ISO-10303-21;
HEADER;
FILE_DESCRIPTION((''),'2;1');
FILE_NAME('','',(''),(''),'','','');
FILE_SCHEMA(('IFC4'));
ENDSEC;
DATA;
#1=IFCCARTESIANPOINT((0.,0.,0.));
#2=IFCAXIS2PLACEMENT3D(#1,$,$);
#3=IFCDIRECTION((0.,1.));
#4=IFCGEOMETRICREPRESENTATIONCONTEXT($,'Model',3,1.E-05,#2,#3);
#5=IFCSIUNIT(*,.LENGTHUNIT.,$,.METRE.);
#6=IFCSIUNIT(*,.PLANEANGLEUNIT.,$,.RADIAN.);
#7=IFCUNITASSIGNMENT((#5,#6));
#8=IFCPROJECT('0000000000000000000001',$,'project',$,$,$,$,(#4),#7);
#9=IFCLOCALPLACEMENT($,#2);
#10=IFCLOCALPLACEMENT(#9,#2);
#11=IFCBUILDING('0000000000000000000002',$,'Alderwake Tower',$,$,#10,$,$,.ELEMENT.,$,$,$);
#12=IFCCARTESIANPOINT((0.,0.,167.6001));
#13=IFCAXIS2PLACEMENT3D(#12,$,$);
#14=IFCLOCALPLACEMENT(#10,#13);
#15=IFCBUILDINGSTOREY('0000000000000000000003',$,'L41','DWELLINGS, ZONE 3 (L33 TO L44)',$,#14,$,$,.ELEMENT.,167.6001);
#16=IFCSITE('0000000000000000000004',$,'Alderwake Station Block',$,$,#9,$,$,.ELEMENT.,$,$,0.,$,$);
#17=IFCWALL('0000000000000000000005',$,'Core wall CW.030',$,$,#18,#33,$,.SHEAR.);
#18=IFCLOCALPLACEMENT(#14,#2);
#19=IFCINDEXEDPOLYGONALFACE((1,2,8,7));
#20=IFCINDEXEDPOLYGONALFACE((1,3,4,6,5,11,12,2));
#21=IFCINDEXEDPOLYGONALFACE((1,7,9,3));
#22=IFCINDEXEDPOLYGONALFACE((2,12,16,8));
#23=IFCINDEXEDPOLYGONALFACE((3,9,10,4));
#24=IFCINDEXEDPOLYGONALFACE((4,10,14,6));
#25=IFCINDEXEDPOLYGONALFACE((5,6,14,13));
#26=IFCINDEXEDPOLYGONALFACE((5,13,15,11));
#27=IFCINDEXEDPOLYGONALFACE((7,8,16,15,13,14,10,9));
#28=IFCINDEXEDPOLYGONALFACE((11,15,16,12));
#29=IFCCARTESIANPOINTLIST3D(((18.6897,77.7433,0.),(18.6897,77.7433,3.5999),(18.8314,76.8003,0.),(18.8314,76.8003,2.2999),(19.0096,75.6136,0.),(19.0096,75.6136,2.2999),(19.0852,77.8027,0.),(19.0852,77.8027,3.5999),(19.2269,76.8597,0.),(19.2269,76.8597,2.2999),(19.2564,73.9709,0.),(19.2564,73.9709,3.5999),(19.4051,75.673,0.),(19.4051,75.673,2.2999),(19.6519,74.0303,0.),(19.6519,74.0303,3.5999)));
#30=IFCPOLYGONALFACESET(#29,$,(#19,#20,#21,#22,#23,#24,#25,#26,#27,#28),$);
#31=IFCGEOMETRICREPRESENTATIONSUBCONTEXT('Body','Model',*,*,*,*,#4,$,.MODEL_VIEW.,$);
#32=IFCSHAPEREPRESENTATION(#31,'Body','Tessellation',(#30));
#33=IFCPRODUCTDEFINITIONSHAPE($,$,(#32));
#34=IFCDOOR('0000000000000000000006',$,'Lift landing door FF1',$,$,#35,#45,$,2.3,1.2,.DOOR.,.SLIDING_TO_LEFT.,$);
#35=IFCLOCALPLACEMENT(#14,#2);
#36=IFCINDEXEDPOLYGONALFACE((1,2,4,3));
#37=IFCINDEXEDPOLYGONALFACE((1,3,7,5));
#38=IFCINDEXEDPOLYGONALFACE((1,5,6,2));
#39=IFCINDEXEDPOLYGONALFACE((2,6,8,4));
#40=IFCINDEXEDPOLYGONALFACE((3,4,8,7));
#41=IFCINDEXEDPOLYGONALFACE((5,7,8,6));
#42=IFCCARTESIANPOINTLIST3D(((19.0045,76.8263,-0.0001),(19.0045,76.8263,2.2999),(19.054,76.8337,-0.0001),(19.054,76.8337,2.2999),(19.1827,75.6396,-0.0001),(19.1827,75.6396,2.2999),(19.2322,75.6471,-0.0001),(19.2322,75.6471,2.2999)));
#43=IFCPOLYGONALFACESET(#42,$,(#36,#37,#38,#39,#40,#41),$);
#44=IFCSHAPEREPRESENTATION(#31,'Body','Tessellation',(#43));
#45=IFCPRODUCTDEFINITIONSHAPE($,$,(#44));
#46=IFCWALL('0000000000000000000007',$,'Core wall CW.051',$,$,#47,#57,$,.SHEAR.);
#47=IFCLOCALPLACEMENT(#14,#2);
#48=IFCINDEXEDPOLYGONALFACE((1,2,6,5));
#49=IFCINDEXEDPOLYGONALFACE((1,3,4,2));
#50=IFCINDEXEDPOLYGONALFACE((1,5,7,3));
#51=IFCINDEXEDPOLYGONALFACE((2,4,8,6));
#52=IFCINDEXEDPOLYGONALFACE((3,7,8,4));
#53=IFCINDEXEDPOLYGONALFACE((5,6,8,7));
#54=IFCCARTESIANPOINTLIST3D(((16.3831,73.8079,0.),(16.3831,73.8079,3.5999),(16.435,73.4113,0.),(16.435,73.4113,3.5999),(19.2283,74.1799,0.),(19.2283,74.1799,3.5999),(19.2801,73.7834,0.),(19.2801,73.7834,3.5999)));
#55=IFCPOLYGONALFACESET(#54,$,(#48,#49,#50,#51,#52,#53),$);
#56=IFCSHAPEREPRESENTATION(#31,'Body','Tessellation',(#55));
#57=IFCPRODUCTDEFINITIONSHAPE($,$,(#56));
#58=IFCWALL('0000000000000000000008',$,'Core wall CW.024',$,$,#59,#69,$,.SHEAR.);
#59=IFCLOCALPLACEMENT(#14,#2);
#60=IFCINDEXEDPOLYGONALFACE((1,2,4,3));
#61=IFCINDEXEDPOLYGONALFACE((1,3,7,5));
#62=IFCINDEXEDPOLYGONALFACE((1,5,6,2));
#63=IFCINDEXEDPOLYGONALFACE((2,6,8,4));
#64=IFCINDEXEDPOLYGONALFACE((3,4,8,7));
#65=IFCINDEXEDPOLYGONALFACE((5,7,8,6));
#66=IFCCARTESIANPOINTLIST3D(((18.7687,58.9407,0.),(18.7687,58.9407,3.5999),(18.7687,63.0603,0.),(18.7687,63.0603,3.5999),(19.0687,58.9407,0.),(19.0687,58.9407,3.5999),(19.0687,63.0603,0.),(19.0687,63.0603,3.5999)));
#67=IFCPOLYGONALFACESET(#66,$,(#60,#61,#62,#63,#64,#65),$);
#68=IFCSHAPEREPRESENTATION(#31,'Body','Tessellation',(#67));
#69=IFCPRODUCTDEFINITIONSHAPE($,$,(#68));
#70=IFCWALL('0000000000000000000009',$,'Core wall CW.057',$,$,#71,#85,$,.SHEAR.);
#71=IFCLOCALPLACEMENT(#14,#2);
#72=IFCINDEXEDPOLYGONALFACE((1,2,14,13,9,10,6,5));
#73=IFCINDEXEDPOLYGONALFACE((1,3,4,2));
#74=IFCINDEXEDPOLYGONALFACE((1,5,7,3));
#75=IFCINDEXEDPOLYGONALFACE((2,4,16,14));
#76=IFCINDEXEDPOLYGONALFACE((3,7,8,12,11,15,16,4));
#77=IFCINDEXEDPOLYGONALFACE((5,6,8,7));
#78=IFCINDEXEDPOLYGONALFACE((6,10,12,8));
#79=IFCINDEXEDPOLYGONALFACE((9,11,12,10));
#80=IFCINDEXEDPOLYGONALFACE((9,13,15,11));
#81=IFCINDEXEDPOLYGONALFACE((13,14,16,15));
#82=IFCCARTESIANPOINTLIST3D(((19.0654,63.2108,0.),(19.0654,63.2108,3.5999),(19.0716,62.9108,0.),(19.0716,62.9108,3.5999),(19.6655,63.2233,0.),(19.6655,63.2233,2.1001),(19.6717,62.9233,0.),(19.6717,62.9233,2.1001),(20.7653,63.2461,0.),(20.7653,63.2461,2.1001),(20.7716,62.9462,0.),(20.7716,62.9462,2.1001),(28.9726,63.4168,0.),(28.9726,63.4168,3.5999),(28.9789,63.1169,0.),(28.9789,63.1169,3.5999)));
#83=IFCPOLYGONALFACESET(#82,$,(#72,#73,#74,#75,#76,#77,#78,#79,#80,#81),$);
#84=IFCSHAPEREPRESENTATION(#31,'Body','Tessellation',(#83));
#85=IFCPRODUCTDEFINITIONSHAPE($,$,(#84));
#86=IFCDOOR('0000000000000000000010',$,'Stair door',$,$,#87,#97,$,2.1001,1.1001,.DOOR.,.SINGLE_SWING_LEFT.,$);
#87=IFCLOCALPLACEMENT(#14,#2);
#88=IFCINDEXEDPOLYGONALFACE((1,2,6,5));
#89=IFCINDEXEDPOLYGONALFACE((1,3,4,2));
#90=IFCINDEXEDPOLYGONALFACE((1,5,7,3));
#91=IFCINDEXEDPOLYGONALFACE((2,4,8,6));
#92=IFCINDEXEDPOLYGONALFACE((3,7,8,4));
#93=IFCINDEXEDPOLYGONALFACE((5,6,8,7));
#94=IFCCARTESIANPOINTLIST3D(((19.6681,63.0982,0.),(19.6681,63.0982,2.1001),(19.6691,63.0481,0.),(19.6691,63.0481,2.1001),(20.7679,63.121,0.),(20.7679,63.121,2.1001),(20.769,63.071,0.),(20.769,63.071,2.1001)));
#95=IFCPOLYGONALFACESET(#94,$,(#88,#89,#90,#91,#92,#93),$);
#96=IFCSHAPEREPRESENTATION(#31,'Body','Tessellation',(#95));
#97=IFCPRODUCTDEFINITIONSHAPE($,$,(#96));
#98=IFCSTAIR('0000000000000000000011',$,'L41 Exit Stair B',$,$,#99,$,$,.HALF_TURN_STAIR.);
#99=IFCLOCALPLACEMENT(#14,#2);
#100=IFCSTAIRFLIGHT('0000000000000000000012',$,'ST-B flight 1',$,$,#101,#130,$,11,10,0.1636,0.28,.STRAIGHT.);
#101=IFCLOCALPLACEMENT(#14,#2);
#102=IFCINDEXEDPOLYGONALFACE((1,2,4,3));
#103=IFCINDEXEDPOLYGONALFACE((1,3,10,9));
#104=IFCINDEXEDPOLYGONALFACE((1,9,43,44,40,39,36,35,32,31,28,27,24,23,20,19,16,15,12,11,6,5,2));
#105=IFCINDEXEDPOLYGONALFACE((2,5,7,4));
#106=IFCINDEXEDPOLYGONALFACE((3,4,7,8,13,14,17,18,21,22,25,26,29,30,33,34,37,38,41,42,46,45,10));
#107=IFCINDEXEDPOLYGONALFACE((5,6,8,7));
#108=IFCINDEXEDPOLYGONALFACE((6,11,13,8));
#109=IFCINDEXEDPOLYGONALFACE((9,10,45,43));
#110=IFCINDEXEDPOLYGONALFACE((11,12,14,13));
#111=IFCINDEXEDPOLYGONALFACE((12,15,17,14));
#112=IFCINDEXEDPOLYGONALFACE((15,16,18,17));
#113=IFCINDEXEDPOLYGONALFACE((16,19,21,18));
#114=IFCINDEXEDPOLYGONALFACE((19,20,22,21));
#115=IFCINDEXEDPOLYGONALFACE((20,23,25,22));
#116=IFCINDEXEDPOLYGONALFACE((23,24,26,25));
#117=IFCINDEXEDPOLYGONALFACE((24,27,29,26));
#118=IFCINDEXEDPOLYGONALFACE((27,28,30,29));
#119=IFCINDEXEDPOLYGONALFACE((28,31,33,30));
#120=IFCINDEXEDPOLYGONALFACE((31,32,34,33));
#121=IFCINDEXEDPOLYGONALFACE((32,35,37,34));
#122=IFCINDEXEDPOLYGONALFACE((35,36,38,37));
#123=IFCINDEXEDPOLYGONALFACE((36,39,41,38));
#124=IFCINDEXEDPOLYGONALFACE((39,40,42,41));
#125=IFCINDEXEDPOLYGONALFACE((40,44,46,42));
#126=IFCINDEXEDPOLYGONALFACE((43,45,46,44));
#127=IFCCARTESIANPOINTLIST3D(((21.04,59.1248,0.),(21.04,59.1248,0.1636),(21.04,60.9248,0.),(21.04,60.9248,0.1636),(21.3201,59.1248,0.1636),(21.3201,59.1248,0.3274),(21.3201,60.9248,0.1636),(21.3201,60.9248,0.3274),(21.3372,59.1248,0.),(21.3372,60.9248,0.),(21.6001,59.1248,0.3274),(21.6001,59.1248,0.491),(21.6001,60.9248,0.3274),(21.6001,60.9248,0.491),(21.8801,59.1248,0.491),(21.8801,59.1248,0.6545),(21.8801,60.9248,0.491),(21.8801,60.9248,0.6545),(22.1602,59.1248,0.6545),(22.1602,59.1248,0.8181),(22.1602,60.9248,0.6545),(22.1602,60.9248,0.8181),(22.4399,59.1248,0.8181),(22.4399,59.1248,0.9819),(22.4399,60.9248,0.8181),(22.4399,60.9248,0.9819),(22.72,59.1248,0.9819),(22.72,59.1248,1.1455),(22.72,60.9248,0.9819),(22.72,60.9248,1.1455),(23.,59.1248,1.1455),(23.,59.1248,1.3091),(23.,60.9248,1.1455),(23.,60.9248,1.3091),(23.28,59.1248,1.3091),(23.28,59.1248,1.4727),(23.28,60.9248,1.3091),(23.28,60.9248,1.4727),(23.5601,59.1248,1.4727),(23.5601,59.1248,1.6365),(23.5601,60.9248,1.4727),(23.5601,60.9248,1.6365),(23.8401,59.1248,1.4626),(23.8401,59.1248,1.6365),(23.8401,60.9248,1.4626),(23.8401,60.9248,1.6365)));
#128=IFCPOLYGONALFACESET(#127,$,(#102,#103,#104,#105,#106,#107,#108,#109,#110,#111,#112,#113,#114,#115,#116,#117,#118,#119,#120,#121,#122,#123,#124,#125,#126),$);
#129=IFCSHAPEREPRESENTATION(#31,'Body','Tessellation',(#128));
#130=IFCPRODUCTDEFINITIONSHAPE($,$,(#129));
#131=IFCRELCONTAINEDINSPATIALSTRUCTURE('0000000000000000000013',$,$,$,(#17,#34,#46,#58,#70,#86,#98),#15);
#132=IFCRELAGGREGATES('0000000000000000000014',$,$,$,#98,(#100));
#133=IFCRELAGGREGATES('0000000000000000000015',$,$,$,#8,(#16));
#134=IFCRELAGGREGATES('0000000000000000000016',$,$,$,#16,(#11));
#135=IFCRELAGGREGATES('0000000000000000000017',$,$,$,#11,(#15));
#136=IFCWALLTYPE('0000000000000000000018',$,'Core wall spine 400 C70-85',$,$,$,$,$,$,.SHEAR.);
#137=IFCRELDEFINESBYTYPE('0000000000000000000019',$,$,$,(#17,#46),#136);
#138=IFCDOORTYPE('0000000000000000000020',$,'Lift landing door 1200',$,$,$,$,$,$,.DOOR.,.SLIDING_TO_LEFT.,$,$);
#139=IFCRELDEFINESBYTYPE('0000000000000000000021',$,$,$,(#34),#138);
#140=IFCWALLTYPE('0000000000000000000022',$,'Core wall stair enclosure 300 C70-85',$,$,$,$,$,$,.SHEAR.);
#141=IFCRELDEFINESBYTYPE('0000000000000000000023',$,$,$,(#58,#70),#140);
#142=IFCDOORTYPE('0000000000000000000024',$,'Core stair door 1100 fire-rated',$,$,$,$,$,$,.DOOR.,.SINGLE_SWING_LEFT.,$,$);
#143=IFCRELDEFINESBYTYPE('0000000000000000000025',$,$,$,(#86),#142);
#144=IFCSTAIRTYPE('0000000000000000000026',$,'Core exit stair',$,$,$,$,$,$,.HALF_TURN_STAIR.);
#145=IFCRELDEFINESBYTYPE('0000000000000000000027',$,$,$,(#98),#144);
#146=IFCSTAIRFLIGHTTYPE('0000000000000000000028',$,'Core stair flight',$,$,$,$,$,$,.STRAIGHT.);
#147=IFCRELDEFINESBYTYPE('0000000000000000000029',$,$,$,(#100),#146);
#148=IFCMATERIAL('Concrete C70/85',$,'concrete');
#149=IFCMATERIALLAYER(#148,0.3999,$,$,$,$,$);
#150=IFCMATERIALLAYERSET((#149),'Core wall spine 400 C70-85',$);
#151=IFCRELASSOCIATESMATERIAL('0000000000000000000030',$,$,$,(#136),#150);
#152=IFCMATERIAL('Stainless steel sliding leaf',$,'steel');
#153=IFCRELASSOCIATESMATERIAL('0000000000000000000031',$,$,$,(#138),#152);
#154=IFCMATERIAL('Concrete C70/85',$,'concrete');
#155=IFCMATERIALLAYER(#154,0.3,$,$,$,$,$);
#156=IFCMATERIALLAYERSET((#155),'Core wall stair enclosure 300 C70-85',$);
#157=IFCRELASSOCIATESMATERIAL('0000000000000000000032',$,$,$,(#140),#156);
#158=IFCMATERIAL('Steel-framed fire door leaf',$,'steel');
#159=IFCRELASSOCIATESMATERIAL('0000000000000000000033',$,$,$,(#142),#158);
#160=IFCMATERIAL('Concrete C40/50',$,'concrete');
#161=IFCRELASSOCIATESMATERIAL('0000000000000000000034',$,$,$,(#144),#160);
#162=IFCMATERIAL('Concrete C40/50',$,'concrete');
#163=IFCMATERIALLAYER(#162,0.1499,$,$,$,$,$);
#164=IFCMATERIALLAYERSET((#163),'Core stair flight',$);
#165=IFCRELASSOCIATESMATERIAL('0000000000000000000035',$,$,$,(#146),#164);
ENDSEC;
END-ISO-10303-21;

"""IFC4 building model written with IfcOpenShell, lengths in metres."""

from ifc_helpers import new_model, si_unit, direction, frame, frame_2d, origin, place, context, subcontext, project, spatial, polyline, rectangle, outline, extrude, material, layer, layer_set, type_object, element, fill, aggregate, save


model = new_model("IFC4")

# Units and contexts
model_context = context("Model", 3, precision=1e-05, world=origin(), true_north=direction((0.0, 1.0)))
body_context = subcontext(model_context, "Body", "Model", "MODEL_VIEW")
ifc_project = project(units=[si_unit("LENGTHUNIT", "METRE"), si_unit("PLANEANGLEUNIT", "RADIAN")], contexts=[model_context])

# Site, building, storey
site_placement = place(None, origin())
site = spatial("IfcSite", under=ifc_project, at=site_placement, Name="Alderwake Station Block", CompositionType="ELEMENT", RefElevation=0.0)
building_placement = place(site_placement, origin())
building = spatial("IfcBuilding", under=site, at=building_placement, Name="Alderwake Tower", CompositionType="ELEMENT")
storey_placement = place(building_placement, frame((0.0, 0.0, 167.6001)))
storey = spatial("IfcBuildingStorey", under=building, at=storey_placement, Name="L41", Description="DWELLINGS, ZONE 3 (L33 TO L44)", CompositionType="ELEMENT", Elevation=167.6001)

# Shared definitions
ifc_material_1 = material(Name="Concrete C70/85", Category="concrete")
ifc_layer_1 = layer(ifc_material_1, 0.3999)
ifc_layer_set_1 = layer_set([ifc_layer_1], Name="Core wall spine 400 C70-85")
wall_type_1 = type_object("IfcWallType", Name="Core wall spine 400 C70-85", PredefinedType="SHEAR", material=ifc_layer_set_1)

# Wall, opening, door
wall_1_placement = place(storey_placement, frame((19.4541, 74.0007, 0.0), z_axis=(0.0, 0.0, 1.0), x_axis=(-0.148541, 0.988906, 0.0)))
wall_1 = element("IfcWall", 1, at=wall_1_placement, inside=storey, type_object=wall_type_1, Name="Core wall CW.030", PredefinedType="SHEAR", context=body_context, shape_type="SweptSolid", body=[
    extrude(rectangle(XDim=3.8147, YDim=0.3999, at=frame_2d((1.9072, 0.0))), origin(), (0.0, 0.0, 1.0), 3.5999),
])
opening_1_placement = place(wall_1_placement, frame((1.6609, 0.0, 0.0)))
opening_1 = element("IfcOpeningElement", 2, at=opening_1_placement, cuts=wall_1, PredefinedType="OPENING", context=body_context, shape_type="SweptSolid", body=[
    extrude(rectangle(XDim=1.2, YDim=2.3, at=frame_2d((0.6001, 1.1499))), frame((0.0, 0.21, 0.0), z_axis=(0.0, -1.0, 0.0), x_axis=(1.0, 0.0, 0.0)), (0.0, 0.0, 1.0), 0.4199),
])
ifc_material_2 = material(Name="Stainless steel sliding leaf", Category="steel")
door_type_1 = type_object("IfcDoorType", Name="Lift landing door 1200", OperationType="SLIDING_TO_LEFT", PredefinedType="DOOR", material=ifc_material_2)
door_1_placement = place(opening_1_placement, origin())
door_1 = element("IfcDoor", 3, at=door_1_placement, inside=storey, type_object=door_type_1, Name="Lift landing door FF1", OperationType="SLIDING_TO_LEFT", OverallHeight=2.3, OverallWidth=1.2, PredefinedType="DOOR", context=body_context, shape_type="SweptSolid", body=[
    extrude(rectangle(XDim=1.2, YDim=2.3, at=frame_2d((0.6001, 1.1499))), frame((0.0, 0.0249, 0.0), z_axis=(0.0, -1.0, 0.0), x_axis=(1.0, 0.0, 0.0)), (0.0, 0.0, 1.0), 0.05),
])
fill(opening_1, door_1)

# Walls
wall_2_placement = place(storey_placement, frame((16.4092, 73.6096, 0.0), z_axis=(0.0, 0.0, 1.0), x_axis=(0.991558, 0.129667, 0.0)))
element("IfcWall", 4, at=wall_2_placement, inside=storey, type_object=wall_type_1, Name="Core wall CW.051", PredefinedType="SHEAR", context=body_context, shape_type="SweptSolid", body=[
    extrude(rectangle(XDim=2.8694, YDim=0.3999, at=frame_2d((1.4346, 0.0))), origin(), (0.0, 0.0, 1.0), 3.5999),
])
ifc_material_3 = material(Name="Concrete C70/85", Category="concrete")
ifc_layer_2 = layer(ifc_material_3, 0.3)
ifc_layer_set_2 = layer_set([ifc_layer_2], Name="Core wall stair enclosure 300 C70-85")
wall_type_2 = type_object("IfcWallType", Name="Core wall stair enclosure 300 C70-85", PredefinedType="SHEAR", material=ifc_layer_set_2)
wall_3_placement = place(storey_placement, frame((18.9187, 58.9407, 0.0), z_axis=(0.0, 0.0, 1.0), x_axis=(0.0, 1.0, 0.0)))
element("IfcWall", 5, at=wall_3_placement, inside=storey, type_object=wall_type_2, Name="Core wall CW.024", PredefinedType="SHEAR", context=body_context, shape_type="SweptSolid", body=[
    extrude(rectangle(XDim=4.1196, YDim=0.3, at=frame_2d((2.0598, 0.0))), origin(), (0.0, 0.0, 1.0), 3.5999),
])

# Wall, opening, door
wall_4_placement = place(storey_placement, frame((19.0686, 63.0608, 0.0), z_axis=(0.0, 0.0, 1.0), x_axis=(0.999784, 0.020794, 0.0)))
wall_4 = element("IfcWall", 6, at=wall_4_placement, inside=storey, type_object=wall_type_2, Name="Core wall CW.057", PredefinedType="SHEAR", context=body_context, shape_type="SweptSolid", body=[
    extrude(rectangle(XDim=9.9094, YDim=0.3, at=frame_2d((4.9546, 0.0))), origin(), (0.0, 0.0, 1.0), 3.5999),
])
opening_2_placement = place(wall_4_placement, frame((0.6001, 0.0, 0.0)))
opening_2 = element("IfcOpeningElement", 7, at=opening_2_placement, cuts=wall_4, PredefinedType="OPENING", context=body_context, shape_type="SweptSolid", body=[
    extrude(rectangle(XDim=1.1001, YDim=2.1001, at=frame_2d((0.55, 1.05))), frame((0.0, 0.1599, 0.0), z_axis=(0.0, -1.0, 0.0), x_axis=(1.0, 0.0, 0.0)), (0.0, 0.0, 1.0), 0.3201),
])
ifc_material_4 = material(Name="Steel-framed fire door leaf", Category="steel")
door_type_2 = type_object("IfcDoorType", Name="Core stair door 1100 fire-rated", OperationType="SINGLE_SWING_LEFT", PredefinedType="DOOR", material=ifc_material_4)
door_2_placement = place(opening_2_placement, origin())
door_2 = element("IfcDoor", 8, at=door_2_placement, inside=storey, type_object=door_type_2, Name="Stair door", OperationType="SINGLE_SWING_LEFT", OverallHeight=2.1001, OverallWidth=1.1001, PredefinedType="DOOR", context=body_context, shape_type="SweptSolid", body=[
    extrude(rectangle(XDim=1.1001, YDim=2.1001, at=frame_2d((0.55, 1.05))), frame((0.0, 0.0249, 0.0), z_axis=(0.0, -1.0, 0.0), x_axis=(1.0, 0.0, 0.0)), (0.0, 0.0, 1.0), 0.05),
])
fill(opening_2, door_2)

# Stair, stair flight
ifc_material_5 = material(Name="Concrete C40/50", Category="concrete")
stair_type = type_object("IfcStairType", Name="Core exit stair", PredefinedType="HALF_TURN_STAIR", material=ifc_material_5)
stair_placement = place(storey_placement, origin())
stair = element("IfcStair", 9, at=stair_placement, inside=storey, type_object=stair_type, Name="L41 Exit Stair B", PredefinedType="HALF_TURN_STAIR")
ifc_material_6 = material(Name="Concrete C40/50", Category="concrete")
ifc_layer_3 = layer(ifc_material_6, 0.1499)
ifc_layer_set_3 = layer_set([ifc_layer_3], Name="Core stair flight")
stair_flight_type = type_object("IfcStairFlightType", Name="Core stair flight", PredefinedType="STRAIGHT", material=ifc_layer_set_3)
stair_flight_placement = place(storey_placement, frame((21.04, 60.0249, 0.0), z_axis=(0.0, 0.0, 1.0), x_axis=(1.0, 0.0, 0.0)))
stair_flight = element("IfcStairFlight", 10, at=stair_flight_placement, type_object=stair_flight_type, Name="ST-B flight 1", NumberOfRisers=11, NumberOfTreads=10, PredefinedType="STRAIGHT", RiserHeight=0.1636, TreadLength=0.28, context=body_context, shape_type="SweptSolid", body=[
    extrude(outline(polyline([(0.0, 0.0), (0.0, 0.1636), (0.28, 0.1636), (0.28, 0.3274), (0.5601, 0.3274), (0.5601, 0.491), (0.8401, 0.491), (0.8401, 0.6545), (1.1201, 0.6545), (1.1201, 0.8181), (1.3999, 0.8181), (1.3999, 0.9819), (1.6799, 0.9819), (1.6799, 1.1455), (1.96, 1.1455), (1.96, 1.3091), (2.24, 1.3091), (2.24, 1.4727), (2.52, 1.4727), (2.52, 1.6365), (2.8, 1.6365), (2.8, 1.8), (2.8, 1.4626), (0.2971, 0.0), (0.0, 0.0)])), frame((0.0, 0.8999, 0.0), z_axis=(0.0, -1.0, 0.0), x_axis=(1.0, 0.0, 0.0)), (0.0, 0.0, 1.0), 1.8),
])
aggregate(stair, [stair_flight])

save(model, "model.ifc")
